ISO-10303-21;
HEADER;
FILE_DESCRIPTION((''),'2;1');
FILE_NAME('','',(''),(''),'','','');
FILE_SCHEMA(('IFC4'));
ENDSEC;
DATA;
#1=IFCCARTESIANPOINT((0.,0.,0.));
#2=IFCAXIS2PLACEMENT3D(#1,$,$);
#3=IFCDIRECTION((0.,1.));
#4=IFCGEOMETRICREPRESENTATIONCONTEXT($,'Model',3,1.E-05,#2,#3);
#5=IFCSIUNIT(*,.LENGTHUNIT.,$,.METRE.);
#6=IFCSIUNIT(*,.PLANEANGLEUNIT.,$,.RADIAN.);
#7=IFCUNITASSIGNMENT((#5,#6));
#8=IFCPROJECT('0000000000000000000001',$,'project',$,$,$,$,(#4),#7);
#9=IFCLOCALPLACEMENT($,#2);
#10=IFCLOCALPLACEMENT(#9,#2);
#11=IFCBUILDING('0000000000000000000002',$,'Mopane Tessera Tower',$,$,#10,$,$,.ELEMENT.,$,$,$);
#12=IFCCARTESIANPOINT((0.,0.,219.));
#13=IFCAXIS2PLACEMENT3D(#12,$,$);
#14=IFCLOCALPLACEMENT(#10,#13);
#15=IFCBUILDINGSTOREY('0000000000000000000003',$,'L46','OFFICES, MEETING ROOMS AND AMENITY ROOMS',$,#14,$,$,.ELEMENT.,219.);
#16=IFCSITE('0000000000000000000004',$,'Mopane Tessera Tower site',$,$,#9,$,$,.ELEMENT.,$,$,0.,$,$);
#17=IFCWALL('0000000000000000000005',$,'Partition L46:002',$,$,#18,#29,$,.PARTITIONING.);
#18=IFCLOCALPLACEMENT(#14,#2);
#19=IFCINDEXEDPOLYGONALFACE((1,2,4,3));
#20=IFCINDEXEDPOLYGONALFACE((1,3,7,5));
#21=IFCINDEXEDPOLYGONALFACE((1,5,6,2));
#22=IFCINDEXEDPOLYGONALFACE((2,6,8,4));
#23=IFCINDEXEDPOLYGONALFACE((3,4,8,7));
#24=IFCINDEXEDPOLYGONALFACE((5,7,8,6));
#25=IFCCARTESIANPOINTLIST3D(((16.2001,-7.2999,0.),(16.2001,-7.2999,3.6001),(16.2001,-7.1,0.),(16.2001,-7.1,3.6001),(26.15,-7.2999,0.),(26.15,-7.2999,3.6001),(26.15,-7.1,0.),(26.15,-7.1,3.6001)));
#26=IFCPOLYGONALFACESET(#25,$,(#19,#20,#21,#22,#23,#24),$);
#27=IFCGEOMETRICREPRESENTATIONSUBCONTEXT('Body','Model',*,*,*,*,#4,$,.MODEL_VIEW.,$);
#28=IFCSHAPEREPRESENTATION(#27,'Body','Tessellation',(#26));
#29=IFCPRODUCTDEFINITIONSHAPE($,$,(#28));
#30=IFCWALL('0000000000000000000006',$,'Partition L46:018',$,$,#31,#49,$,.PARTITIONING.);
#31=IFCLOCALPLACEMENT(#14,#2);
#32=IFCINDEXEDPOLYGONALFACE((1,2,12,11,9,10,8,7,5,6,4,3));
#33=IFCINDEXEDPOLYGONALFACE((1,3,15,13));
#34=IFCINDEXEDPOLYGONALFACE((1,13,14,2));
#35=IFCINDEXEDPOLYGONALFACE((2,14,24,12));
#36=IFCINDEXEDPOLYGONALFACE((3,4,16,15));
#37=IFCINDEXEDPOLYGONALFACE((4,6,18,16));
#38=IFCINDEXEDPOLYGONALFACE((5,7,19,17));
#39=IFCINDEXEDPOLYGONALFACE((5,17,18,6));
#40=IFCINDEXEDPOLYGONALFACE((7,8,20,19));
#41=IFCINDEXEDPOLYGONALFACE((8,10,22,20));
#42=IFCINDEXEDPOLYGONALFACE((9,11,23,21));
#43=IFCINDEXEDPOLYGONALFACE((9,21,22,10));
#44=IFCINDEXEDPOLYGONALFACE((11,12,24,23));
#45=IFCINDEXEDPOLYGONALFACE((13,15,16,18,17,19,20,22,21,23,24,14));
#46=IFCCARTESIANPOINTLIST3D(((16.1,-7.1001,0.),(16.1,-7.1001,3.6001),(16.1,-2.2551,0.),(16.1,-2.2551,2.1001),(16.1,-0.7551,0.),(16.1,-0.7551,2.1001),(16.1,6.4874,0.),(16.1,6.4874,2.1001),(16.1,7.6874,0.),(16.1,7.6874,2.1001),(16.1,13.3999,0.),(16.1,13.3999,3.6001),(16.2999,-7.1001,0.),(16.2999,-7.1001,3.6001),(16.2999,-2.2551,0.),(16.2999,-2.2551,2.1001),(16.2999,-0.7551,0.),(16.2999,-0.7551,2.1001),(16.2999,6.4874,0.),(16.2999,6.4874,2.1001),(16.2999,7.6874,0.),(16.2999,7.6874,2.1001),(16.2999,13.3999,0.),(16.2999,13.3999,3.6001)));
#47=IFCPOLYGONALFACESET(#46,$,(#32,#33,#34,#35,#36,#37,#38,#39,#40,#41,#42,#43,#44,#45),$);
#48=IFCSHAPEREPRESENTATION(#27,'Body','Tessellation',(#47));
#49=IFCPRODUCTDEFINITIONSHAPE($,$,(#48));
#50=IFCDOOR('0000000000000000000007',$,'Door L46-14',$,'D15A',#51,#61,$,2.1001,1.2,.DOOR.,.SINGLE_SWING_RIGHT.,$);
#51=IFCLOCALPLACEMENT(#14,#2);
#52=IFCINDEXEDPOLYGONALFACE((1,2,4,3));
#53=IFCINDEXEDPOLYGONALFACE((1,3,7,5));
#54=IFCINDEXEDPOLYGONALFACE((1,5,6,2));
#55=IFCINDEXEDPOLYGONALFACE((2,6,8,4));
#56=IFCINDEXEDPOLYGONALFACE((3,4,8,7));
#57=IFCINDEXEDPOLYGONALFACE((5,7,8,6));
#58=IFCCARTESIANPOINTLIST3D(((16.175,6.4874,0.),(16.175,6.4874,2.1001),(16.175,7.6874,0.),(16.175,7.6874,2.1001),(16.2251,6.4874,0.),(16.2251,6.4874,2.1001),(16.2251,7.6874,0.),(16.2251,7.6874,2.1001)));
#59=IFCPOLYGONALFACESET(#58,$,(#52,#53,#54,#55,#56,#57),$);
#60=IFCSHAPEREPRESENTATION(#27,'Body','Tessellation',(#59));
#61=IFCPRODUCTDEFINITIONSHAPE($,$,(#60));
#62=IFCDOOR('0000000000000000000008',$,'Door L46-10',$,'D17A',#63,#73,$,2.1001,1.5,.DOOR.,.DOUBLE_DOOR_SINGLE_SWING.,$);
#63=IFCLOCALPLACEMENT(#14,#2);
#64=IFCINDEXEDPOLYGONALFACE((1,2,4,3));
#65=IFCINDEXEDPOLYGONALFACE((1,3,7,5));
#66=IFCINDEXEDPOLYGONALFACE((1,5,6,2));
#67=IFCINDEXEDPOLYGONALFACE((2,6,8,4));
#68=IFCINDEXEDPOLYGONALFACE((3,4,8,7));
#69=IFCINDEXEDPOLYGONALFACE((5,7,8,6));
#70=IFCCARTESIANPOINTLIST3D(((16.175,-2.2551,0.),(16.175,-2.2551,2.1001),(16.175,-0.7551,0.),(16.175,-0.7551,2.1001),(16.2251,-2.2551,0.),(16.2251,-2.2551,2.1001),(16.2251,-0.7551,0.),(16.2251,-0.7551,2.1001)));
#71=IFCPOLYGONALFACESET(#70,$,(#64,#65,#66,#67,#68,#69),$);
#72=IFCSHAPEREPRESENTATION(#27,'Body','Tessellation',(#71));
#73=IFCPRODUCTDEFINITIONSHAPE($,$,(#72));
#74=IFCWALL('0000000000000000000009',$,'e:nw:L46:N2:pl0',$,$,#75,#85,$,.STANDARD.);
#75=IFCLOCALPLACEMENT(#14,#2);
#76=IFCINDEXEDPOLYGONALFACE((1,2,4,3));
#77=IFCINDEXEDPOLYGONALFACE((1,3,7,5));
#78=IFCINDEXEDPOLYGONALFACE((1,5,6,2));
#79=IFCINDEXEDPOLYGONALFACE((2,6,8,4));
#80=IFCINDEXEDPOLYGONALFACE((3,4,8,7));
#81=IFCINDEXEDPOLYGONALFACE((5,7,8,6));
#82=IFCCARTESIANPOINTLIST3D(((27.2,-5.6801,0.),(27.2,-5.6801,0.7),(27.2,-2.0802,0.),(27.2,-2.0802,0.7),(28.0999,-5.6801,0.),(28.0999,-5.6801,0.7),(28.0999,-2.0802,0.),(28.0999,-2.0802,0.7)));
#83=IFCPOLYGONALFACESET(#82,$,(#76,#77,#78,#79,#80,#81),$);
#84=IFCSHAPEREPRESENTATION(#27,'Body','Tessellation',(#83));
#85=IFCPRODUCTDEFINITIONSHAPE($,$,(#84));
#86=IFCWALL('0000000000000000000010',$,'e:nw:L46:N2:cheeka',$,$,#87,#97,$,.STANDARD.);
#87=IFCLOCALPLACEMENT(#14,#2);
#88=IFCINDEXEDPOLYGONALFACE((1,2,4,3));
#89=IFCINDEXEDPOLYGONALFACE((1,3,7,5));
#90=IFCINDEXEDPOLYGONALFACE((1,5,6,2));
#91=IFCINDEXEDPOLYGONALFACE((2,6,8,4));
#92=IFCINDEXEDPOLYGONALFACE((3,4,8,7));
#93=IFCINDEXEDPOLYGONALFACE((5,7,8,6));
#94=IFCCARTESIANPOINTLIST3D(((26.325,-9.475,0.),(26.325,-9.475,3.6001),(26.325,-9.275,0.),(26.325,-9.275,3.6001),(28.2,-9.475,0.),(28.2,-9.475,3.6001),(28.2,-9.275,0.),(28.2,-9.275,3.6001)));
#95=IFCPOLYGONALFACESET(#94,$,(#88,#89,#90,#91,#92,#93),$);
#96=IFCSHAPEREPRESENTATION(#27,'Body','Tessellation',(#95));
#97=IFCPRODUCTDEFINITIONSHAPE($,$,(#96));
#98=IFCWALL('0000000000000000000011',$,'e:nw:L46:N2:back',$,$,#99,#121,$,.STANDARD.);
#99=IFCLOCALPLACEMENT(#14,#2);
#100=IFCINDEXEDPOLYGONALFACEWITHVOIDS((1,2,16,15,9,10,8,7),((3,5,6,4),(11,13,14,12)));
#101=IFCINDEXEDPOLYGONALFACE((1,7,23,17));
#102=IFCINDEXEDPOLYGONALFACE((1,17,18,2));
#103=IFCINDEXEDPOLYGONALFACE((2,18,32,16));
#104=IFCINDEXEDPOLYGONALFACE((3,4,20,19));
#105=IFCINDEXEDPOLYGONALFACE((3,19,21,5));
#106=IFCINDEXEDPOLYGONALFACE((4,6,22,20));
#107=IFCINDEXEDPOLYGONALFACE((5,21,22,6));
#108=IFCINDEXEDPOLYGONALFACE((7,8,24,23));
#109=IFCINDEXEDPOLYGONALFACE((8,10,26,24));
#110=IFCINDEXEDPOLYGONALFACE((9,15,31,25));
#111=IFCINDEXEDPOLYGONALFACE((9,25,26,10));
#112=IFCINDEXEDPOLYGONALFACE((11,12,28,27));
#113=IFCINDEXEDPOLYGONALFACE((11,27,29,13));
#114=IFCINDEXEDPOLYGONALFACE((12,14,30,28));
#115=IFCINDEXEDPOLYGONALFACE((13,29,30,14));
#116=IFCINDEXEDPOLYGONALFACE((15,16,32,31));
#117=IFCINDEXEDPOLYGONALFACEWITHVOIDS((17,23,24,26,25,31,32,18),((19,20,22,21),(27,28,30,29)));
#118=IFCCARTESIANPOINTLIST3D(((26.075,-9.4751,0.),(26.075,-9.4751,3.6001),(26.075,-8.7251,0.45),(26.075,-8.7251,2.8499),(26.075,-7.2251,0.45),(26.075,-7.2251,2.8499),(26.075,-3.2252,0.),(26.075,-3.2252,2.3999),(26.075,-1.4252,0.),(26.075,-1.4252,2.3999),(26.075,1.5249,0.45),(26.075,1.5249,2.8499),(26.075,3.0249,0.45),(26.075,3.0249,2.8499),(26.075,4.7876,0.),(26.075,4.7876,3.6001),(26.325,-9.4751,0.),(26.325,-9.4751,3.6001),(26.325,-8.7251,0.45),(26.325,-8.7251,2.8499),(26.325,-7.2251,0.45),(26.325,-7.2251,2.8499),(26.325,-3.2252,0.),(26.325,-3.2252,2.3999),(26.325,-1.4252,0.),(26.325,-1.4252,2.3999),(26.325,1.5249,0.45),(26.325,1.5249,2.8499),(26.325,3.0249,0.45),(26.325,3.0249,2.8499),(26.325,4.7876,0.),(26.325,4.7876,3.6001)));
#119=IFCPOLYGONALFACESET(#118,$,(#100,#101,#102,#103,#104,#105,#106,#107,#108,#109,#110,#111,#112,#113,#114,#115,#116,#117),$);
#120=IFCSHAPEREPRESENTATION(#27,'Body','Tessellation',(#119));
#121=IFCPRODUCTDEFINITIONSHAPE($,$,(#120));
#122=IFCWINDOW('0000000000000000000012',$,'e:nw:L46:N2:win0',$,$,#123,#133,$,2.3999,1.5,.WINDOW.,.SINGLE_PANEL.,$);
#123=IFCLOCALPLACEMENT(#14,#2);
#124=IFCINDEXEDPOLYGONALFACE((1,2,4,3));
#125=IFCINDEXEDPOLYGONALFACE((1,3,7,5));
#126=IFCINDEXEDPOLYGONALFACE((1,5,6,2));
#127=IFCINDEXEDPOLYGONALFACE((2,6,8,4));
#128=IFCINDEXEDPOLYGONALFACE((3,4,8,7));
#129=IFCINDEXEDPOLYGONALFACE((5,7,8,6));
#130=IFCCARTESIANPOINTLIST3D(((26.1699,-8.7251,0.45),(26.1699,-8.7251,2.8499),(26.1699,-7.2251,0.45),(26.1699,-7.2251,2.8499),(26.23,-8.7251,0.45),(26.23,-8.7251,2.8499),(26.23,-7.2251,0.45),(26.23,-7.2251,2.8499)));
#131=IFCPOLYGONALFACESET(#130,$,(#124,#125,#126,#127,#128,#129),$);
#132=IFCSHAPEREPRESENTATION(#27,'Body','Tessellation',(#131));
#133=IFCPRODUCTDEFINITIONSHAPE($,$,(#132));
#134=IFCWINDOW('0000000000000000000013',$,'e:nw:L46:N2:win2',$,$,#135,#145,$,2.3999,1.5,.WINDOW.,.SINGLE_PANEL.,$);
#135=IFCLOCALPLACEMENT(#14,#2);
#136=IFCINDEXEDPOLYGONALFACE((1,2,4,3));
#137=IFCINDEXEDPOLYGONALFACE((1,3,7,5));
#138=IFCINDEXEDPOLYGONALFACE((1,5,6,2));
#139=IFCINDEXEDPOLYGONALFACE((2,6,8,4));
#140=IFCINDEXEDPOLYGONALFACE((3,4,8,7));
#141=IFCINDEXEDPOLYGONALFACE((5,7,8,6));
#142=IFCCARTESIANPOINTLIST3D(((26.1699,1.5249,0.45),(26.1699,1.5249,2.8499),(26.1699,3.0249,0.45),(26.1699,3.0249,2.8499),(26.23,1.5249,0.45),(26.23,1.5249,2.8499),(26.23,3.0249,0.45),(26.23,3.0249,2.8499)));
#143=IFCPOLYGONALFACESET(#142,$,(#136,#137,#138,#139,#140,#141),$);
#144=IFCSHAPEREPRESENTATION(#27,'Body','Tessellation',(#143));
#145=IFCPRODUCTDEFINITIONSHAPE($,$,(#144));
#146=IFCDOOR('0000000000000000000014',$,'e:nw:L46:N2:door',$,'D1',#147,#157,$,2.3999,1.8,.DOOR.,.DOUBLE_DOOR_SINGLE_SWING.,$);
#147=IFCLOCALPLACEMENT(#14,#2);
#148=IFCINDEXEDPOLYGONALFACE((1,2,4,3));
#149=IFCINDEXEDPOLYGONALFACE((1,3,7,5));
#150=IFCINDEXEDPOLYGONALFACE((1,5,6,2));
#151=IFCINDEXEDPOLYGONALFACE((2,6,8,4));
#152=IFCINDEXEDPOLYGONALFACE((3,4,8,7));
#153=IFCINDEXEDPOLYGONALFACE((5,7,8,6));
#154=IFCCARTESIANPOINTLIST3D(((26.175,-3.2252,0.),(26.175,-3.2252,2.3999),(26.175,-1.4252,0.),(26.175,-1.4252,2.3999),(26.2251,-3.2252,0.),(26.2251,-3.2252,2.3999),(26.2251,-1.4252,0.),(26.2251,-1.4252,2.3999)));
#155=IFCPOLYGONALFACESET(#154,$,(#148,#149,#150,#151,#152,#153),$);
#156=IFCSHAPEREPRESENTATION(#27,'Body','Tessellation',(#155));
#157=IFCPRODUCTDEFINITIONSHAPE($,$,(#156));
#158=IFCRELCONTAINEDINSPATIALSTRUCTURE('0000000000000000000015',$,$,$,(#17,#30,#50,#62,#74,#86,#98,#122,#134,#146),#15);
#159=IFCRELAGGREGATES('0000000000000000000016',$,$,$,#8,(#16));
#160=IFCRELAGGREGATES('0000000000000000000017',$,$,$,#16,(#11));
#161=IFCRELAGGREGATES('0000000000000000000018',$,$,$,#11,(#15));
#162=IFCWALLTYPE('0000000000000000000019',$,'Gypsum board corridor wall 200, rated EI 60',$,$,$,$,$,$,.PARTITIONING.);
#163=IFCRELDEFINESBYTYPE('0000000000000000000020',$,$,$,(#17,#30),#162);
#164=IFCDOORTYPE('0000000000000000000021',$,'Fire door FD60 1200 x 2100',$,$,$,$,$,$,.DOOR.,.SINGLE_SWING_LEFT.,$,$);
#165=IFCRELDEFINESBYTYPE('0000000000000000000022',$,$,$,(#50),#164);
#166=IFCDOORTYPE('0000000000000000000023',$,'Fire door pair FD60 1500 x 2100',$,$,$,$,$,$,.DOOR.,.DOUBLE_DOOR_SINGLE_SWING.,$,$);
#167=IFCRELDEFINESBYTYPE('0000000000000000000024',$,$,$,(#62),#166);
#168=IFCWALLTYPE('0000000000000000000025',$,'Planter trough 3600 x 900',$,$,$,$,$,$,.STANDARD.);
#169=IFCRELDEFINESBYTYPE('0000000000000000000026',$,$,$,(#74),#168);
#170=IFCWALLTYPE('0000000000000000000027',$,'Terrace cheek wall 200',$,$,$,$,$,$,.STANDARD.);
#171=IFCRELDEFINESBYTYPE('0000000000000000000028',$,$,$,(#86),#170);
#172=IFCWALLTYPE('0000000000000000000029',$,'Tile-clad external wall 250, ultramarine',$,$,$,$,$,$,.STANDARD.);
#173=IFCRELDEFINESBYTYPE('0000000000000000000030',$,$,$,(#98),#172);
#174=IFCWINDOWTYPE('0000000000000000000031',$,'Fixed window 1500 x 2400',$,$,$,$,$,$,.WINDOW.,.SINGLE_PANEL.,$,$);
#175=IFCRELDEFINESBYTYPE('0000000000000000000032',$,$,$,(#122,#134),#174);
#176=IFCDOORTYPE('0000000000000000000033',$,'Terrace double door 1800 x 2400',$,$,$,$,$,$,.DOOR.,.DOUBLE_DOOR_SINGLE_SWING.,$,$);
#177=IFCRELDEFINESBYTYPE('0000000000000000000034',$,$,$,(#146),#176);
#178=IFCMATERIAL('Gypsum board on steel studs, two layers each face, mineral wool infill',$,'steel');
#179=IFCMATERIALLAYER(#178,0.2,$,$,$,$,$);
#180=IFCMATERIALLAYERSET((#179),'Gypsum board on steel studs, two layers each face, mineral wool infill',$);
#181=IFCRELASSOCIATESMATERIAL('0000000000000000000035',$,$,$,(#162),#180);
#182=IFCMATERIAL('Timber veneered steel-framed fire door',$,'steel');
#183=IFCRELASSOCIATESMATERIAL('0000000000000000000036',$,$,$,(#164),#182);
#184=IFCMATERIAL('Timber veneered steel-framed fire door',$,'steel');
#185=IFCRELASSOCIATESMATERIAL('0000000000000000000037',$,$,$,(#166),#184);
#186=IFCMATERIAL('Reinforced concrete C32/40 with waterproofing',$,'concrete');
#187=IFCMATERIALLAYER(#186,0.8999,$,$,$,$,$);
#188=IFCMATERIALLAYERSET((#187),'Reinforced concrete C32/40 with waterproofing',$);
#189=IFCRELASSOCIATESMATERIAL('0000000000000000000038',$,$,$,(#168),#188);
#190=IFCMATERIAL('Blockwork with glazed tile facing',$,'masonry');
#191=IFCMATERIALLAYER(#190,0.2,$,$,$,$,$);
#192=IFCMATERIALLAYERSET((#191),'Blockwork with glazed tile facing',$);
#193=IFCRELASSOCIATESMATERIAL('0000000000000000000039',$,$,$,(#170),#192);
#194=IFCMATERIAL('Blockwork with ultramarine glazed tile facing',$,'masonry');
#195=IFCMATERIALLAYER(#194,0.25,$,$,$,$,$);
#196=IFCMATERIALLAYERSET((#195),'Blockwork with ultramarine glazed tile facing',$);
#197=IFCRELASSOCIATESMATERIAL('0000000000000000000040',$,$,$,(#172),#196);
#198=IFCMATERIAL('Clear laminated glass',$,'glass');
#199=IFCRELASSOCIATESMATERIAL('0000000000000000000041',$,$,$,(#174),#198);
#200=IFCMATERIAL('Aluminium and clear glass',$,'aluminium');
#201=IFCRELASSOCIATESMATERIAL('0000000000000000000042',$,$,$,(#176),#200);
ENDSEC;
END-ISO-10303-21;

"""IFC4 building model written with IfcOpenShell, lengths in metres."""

from ifc_helpers import new_model, si_unit, direction, frame, frame_2d, origin, place, context, subcontext, project, spatial, rectangle, extrude, material, layer, layer_set, type_object, element, fill, save


model = new_model("IFC4")

# Units and contexts
model_context = context("Model", 3, precision=1e-05, world=origin(), true_north=direction((0.0, 1.0)))
body_context = subcontext(model_context, "Body", "Model", "MODEL_VIEW")
ifc_project = project(units=[si_unit("LENGTHUNIT", "METRE"), si_unit("PLANEANGLEUNIT", "RADIAN")], contexts=[model_context])

# Site, building, storey
site_placement = place(None, origin())
site = spatial("IfcSite", under=ifc_project, at=site_placement, Name="Mopane Tessera Tower site", CompositionType="ELEMENT", RefElevation=0.0)
building_placement = place(site_placement, origin())
building = spatial("IfcBuilding", under=site, at=building_placement, Name="Mopane Tessera Tower", CompositionType="ELEMENT")
storey_placement = place(building_placement, frame((0.0, 0.0, 219.0)))
storey = spatial("IfcBuildingStorey", under=building, at=storey_placement, Name="L46", Description="OFFICES, MEETING ROOMS AND AMENITY ROOMS", CompositionType="ELEMENT", Elevation=219.0)

# Wall
ifc_material_1 = material(Name="Gypsum board on steel studs, two layers each face, mineral wool infill", Category="steel")
ifc_layer_1 = layer(ifc_material_1, 0.2)
ifc_layer_set_1 = layer_set([ifc_layer_1], Name="Gypsum board on steel studs, two layers each face, mineral wool infill")
wall_type_1 = type_object("IfcWallType", Name="Gypsum board corridor wall 200, rated EI 60", PredefinedType="PARTITIONING", material=ifc_layer_set_1)
wall_1_placement = place(storey_placement, frame((16.2, -7.2, 0.0), z_axis=(0.0, 0.0, 1.0), x_axis=(1.0, 0.0, 0.0)))
element("IfcWall", 1, at=wall_1_placement, inside=storey, type_object=wall_type_1, Name="Partition L46:002", PredefinedType="PARTITIONING", context=body_context, shape_type="SweptSolid", body=[
    extrude(rectangle(XDim=9.95, YDim=0.2, at=frame_2d((4.9751, 0.0))), origin(), (0.0, 0.0, 1.0), 3.6001),
])

# Wall, openings, doors
wall_2_placement = place(storey_placement, frame((16.2, -7.1001, 0.0), z_axis=(0.0, 0.0, 1.0), x_axis=(0.0, 1.0, 0.0)))
wall_2 = element("IfcWall", 2, at=wall_2_placement, inside=storey, type_object=wall_type_1, Name="Partition L46:018", PredefinedType="PARTITIONING", context=body_context, shape_type="SweptSolid", body=[
    extrude(rectangle(XDim=20.5, YDim=0.2, at=frame_2d((10.25, 0.0))), origin(), (0.0, 0.0, 1.0), 3.6001),
])
opening_1_placement = place(wall_2_placement, frame((4.845, 0.0, 0.0)))
opening_1 = element("IfcOpeningElement", 3, at=opening_1_placement, cuts=wall_2, PredefinedType="OPENING", context=body_context, shape_type="SweptSolid", body=[
    extrude(rectangle(XDim=1.5, YDim=2.1001, at=frame_2d((0.75, 1.05))), frame((0.0, 0.1121, 0.0), z_axis=(0.0, -1.0, 0.0), x_axis=(1.0, 0.0, 0.0)), (0.0, 0.0, 1.0), 0.2239),
])
opening_2_placement = place(wall_2_placement, frame((13.5874, 0.0, 0.0)))
opening_2 = element("IfcOpeningElement", 4, at=opening_2_placement, cuts=wall_2, PredefinedType="OPENING", context=body_context, shape_type="SweptSolid", body=[
    extrude(rectangle(XDim=1.2, YDim=2.1001, at=frame_2d((0.6001, 1.05))), frame((0.0, 0.1121, 0.0), z_axis=(0.0, -1.0, 0.0), x_axis=(1.0, 0.0, 0.0)), (0.0, 0.0, 1.0), 0.2239),
])
ifc_material_2 = material(Name="Timber veneered steel-framed fire door", Category="steel")
door_type_1 = type_object("IfcDoorType", Name="Fire door FD60 1200 x 2100", OperationType="SINGLE_SWING_LEFT", PredefinedType="DOOR", material=ifc_material_2)
door_1_placement = place(opening_2_placement, origin())
door_1 = element("IfcDoor", 5, at=door_1_placement, inside=storey, type_object=door_type_1, Name="Door L46-14", ObjectType="D15A", OperationType="SINGLE_SWING_RIGHT", OverallHeight=2.1001, OverallWidth=1.2, PredefinedType="DOOR", context=body_context, shape_type="SweptSolid", body=[
    extrude(rectangle(XDim=1.2, YDim=2.1001, at=frame_2d((0.6001, 1.05))), frame((0.0, 0.0249, 0.0), z_axis=(0.0, -1.0, 0.0), x_axis=(1.0, 0.0, 0.0)), (0.0, 0.0, 1.0), 0.05),
])
fill(opening_2, door_1)
ifc_material_3 = material(Name="Timber veneered steel-framed fire door", Category="steel")
door_type_2 = type_object("IfcDoorType", Name="Fire door pair FD60 1500 x 2100", OperationType="DOUBLE_DOOR_SINGLE_SWING", PredefinedType="DOOR", material=ifc_material_3)
door_2_placement = place(opening_1_placement, origin())
door_2 = element("IfcDoor", 6, at=door_2_placement, inside=storey, type_object=door_type_2, Name="Door L46-10", ObjectType="D17A", OperationType="DOUBLE_DOOR_SINGLE_SWING", OverallHeight=2.1001, OverallWidth=1.5, PredefinedType="DOOR", context=body_context, shape_type="SweptSolid", body=[
    extrude(rectangle(XDim=1.5, YDim=2.1001, at=frame_2d((0.75, 1.05))), frame((0.0, 0.0249, 0.0), z_axis=(0.0, -1.0, 0.0), x_axis=(1.0, 0.0, 0.0)), (0.0, 0.0, 1.0), 0.05),
])
fill(opening_1, door_2)

# Walls
ifc_material_4 = material(Name="Reinforced concrete C32/40 with waterproofing", Category="concrete")
ifc_layer_2 = layer(ifc_material_4, 0.8999)
ifc_layer_set_2 = layer_set([ifc_layer_2], Name="Reinforced concrete C32/40 with waterproofing")
wall_type_2 = type_object("IfcWallType", Name="Planter trough 3600 x 900", PredefinedType="STANDARD", material=ifc_layer_set_2)
wall_3_placement = place(storey_placement, frame((27.6499, -5.6799, 0.0), z_axis=(0.0, 0.0, 1.0), x_axis=(0.0, 1.0, 0.0)))
element("IfcWall", 7, at=wall_3_placement, inside=storey, type_object=wall_type_2, Name="e:nw:L46:N2:pl0", PredefinedType="STANDARD", context=body_context, shape_type="SweptSolid", body=[
    extrude(rectangle(XDim=3.5999, YDim=0.8999, at=frame_2d((1.7998, 0.0))), origin(), (0.0, 0.0, 1.0), 0.7),
])
ifc_material_5 = material(Name="Blockwork with glazed tile facing", Category="masonry")
ifc_layer_3 = layer(ifc_material_5, 0.2)
ifc_layer_set_3 = layer_set([ifc_layer_3], Name="Blockwork with glazed tile facing")
wall_type_3 = type_object("IfcWallType", Name="Terrace cheek wall 200", PredefinedType="STANDARD", material=ifc_layer_set_3)
wall_4_placement = place(storey_placement, frame((28.2, -9.375, 0.0), z_axis=(0.0, 0.0, 1.0), x_axis=(-1.0, 0.0, 0.0)))
element("IfcWall", 8, at=wall_4_placement, inside=storey, type_object=wall_type_3, Name="e:nw:L46:N2:cheeka", PredefinedType="STANDARD", context=body_context, shape_type="SweptSolid", body=[
    extrude(rectangle(XDim=1.875, YDim=0.2, at=frame_2d((0.9375, 0.0))), origin(), (0.0, 0.0, 1.0), 3.6001),
])

# Wall, openings, windows, door
ifc_material_6 = material(Name="Blockwork with ultramarine glazed tile facing", Category="masonry")
ifc_layer_4 = layer(ifc_material_6, 0.25)
ifc_layer_set_4 = layer_set([ifc_layer_4], Name="Blockwork with ultramarine glazed tile facing")
wall_type_4 = type_object("IfcWallType", Name="Tile-clad external wall 250, ultramarine", PredefinedType="STANDARD", material=ifc_layer_set_4)
wall_5_placement = place(storey_placement, frame((26.2, -9.4751, 0.0), z_axis=(0.0, 0.0, 1.0), x_axis=(0.0, 1.0, 0.0)))
wall_5 = element("IfcWall", 9, at=wall_5_placement, inside=storey, type_object=wall_type_4, Name="e:nw:L46:N2:back", PredefinedType="STANDARD", context=body_context, shape_type="SweptSolid", body=[
    extrude(rectangle(XDim=14.2627, YDim=0.25, at=frame_2d((7.1313, 0.0))), origin(), (0.0, 0.0, 1.0), 3.6001),
])
opening_3_placement = place(wall_5_placement, frame((0.75, 0.0, 0.45)))
opening_3 = element("IfcOpeningElement", 10, at=opening_3_placement, cuts=wall_5, PredefinedType="OPENING", context=body_context, shape_type="SweptSolid", body=[
    extrude(rectangle(XDim=1.5, YDim=2.3999, at=frame_2d((0.75, 1.2))), frame((0.0, 0.137, 0.0), z_axis=(0.0, -1.0, 0.0), x_axis=(1.0, 0.0, 0.0)), (0.0, 0.0, 1.0), 0.2739),
])
opening_4_placement = place(wall_5_placement, frame((6.25, 0.0, 0.0)))
opening_4 = element("IfcOpeningElement", 11, at=opening_4_placement, cuts=wall_5, PredefinedType="OPENING", context=body_context, shape_type="SweptSolid", body=[
    extrude(rectangle(XDim=1.8, YDim=2.3999, at=frame_2d((0.8999, 1.2))), frame((0.0, 0.137, 0.0), z_axis=(0.0, -1.0, 0.0), x_axis=(1.0, 0.0, 0.0)), (0.0, 0.0, 1.0), 0.2739),
])
opening_5_placement = place(wall_5_placement, frame((11.0, 0.0, 0.45)))
opening_5 = element("IfcOpeningElement", 12, at=opening_5_placement, cuts=wall_5, PredefinedType="OPENING", context=body_context, shape_type="SweptSolid", body=[
    extrude(rectangle(XDim=1.5, YDim=2.3999, at=frame_2d((0.75, 1.2))), frame((0.0, 0.137, 0.0), z_axis=(0.0, -1.0, 0.0), x_axis=(1.0, 0.0, 0.0)), (0.0, 0.0, 1.0), 0.2739),
])
ifc_material_7 = material(Name="Clear laminated glass", Category="glass")
window_type = type_object("IfcWindowType", Name="Fixed window 1500 x 2400", PartitioningType="SINGLE_PANEL", PredefinedType="WINDOW", material=ifc_material_7)
window_1_placement = place(opening_3_placement, origin())
window_1 = element("IfcWindow", 13, at=window_1_placement, inside=storey, type_object=window_type, Name="e:nw:L46:N2:win0", OverallHeight=2.3999, OverallWidth=1.5, PartitioningType="SINGLE_PANEL", PredefinedType="WINDOW", context=body_context, shape_type="SweptSolid", body=[
    extrude(rectangle(XDim=1.5, YDim=2.3999, at=frame_2d((0.75, 1.2))), frame((0.0, 0.03, 0.0), z_axis=(0.0, -1.0, 0.0), x_axis=(1.0, 0.0, 0.0)), (0.0, 0.0, 1.0), 0.0601),
])
fill(opening_3, window_1)
window_2_placement = place(opening_5_placement, origin())
window_2 = element("IfcWindow", 14, at=window_2_placement, inside=storey, type_object=window_type, Name="e:nw:L46:N2:win2", OverallHeight=2.3999, OverallWidth=1.5, PartitioningType="SINGLE_PANEL", PredefinedType="WINDOW", context=body_context, shape_type="SweptSolid", body=[
    extrude(rectangle(XDim=1.5, YDim=2.3999, at=frame_2d((0.75, 1.2))), frame((0.0, 0.03, 0.0), z_axis=(0.0, -1.0, 0.0), x_axis=(1.0, 0.0, 0.0)), (0.0, 0.0, 1.0), 0.0601),
])
fill(opening_5, window_2)
ifc_material_8 = material(Name="Aluminium and clear glass", Category="aluminium")
door_type_3 = type_object("IfcDoorType", Name="Terrace double door 1800 x 2400", OperationType="DOUBLE_DOOR_SINGLE_SWING", PredefinedType="DOOR", material=ifc_material_8)
door_3_placement = place(opening_4_placement, origin())
door_3 = element("IfcDoor", 15, at=door_3_placement, inside=storey, type_object=door_type_3, Name="e:nw:L46:N2:door", ObjectType="D1", OperationType="DOUBLE_DOOR_SINGLE_SWING", OverallHeight=2.3999, OverallWidth=1.8, PredefinedType="DOOR", context=body_context, shape_type="SweptSolid", body=[
    extrude(rectangle(XDim=1.8, YDim=2.3999, at=frame_2d((0.8999, 1.2))), frame((0.0, 0.0249, 0.0), z_axis=(0.0, -1.0, 0.0), x_axis=(1.0, 0.0, 0.0)), (0.0, 0.0, 1.0), 0.05),
])
fill(opening_4, door_3)

save(model, "model.ifc")
